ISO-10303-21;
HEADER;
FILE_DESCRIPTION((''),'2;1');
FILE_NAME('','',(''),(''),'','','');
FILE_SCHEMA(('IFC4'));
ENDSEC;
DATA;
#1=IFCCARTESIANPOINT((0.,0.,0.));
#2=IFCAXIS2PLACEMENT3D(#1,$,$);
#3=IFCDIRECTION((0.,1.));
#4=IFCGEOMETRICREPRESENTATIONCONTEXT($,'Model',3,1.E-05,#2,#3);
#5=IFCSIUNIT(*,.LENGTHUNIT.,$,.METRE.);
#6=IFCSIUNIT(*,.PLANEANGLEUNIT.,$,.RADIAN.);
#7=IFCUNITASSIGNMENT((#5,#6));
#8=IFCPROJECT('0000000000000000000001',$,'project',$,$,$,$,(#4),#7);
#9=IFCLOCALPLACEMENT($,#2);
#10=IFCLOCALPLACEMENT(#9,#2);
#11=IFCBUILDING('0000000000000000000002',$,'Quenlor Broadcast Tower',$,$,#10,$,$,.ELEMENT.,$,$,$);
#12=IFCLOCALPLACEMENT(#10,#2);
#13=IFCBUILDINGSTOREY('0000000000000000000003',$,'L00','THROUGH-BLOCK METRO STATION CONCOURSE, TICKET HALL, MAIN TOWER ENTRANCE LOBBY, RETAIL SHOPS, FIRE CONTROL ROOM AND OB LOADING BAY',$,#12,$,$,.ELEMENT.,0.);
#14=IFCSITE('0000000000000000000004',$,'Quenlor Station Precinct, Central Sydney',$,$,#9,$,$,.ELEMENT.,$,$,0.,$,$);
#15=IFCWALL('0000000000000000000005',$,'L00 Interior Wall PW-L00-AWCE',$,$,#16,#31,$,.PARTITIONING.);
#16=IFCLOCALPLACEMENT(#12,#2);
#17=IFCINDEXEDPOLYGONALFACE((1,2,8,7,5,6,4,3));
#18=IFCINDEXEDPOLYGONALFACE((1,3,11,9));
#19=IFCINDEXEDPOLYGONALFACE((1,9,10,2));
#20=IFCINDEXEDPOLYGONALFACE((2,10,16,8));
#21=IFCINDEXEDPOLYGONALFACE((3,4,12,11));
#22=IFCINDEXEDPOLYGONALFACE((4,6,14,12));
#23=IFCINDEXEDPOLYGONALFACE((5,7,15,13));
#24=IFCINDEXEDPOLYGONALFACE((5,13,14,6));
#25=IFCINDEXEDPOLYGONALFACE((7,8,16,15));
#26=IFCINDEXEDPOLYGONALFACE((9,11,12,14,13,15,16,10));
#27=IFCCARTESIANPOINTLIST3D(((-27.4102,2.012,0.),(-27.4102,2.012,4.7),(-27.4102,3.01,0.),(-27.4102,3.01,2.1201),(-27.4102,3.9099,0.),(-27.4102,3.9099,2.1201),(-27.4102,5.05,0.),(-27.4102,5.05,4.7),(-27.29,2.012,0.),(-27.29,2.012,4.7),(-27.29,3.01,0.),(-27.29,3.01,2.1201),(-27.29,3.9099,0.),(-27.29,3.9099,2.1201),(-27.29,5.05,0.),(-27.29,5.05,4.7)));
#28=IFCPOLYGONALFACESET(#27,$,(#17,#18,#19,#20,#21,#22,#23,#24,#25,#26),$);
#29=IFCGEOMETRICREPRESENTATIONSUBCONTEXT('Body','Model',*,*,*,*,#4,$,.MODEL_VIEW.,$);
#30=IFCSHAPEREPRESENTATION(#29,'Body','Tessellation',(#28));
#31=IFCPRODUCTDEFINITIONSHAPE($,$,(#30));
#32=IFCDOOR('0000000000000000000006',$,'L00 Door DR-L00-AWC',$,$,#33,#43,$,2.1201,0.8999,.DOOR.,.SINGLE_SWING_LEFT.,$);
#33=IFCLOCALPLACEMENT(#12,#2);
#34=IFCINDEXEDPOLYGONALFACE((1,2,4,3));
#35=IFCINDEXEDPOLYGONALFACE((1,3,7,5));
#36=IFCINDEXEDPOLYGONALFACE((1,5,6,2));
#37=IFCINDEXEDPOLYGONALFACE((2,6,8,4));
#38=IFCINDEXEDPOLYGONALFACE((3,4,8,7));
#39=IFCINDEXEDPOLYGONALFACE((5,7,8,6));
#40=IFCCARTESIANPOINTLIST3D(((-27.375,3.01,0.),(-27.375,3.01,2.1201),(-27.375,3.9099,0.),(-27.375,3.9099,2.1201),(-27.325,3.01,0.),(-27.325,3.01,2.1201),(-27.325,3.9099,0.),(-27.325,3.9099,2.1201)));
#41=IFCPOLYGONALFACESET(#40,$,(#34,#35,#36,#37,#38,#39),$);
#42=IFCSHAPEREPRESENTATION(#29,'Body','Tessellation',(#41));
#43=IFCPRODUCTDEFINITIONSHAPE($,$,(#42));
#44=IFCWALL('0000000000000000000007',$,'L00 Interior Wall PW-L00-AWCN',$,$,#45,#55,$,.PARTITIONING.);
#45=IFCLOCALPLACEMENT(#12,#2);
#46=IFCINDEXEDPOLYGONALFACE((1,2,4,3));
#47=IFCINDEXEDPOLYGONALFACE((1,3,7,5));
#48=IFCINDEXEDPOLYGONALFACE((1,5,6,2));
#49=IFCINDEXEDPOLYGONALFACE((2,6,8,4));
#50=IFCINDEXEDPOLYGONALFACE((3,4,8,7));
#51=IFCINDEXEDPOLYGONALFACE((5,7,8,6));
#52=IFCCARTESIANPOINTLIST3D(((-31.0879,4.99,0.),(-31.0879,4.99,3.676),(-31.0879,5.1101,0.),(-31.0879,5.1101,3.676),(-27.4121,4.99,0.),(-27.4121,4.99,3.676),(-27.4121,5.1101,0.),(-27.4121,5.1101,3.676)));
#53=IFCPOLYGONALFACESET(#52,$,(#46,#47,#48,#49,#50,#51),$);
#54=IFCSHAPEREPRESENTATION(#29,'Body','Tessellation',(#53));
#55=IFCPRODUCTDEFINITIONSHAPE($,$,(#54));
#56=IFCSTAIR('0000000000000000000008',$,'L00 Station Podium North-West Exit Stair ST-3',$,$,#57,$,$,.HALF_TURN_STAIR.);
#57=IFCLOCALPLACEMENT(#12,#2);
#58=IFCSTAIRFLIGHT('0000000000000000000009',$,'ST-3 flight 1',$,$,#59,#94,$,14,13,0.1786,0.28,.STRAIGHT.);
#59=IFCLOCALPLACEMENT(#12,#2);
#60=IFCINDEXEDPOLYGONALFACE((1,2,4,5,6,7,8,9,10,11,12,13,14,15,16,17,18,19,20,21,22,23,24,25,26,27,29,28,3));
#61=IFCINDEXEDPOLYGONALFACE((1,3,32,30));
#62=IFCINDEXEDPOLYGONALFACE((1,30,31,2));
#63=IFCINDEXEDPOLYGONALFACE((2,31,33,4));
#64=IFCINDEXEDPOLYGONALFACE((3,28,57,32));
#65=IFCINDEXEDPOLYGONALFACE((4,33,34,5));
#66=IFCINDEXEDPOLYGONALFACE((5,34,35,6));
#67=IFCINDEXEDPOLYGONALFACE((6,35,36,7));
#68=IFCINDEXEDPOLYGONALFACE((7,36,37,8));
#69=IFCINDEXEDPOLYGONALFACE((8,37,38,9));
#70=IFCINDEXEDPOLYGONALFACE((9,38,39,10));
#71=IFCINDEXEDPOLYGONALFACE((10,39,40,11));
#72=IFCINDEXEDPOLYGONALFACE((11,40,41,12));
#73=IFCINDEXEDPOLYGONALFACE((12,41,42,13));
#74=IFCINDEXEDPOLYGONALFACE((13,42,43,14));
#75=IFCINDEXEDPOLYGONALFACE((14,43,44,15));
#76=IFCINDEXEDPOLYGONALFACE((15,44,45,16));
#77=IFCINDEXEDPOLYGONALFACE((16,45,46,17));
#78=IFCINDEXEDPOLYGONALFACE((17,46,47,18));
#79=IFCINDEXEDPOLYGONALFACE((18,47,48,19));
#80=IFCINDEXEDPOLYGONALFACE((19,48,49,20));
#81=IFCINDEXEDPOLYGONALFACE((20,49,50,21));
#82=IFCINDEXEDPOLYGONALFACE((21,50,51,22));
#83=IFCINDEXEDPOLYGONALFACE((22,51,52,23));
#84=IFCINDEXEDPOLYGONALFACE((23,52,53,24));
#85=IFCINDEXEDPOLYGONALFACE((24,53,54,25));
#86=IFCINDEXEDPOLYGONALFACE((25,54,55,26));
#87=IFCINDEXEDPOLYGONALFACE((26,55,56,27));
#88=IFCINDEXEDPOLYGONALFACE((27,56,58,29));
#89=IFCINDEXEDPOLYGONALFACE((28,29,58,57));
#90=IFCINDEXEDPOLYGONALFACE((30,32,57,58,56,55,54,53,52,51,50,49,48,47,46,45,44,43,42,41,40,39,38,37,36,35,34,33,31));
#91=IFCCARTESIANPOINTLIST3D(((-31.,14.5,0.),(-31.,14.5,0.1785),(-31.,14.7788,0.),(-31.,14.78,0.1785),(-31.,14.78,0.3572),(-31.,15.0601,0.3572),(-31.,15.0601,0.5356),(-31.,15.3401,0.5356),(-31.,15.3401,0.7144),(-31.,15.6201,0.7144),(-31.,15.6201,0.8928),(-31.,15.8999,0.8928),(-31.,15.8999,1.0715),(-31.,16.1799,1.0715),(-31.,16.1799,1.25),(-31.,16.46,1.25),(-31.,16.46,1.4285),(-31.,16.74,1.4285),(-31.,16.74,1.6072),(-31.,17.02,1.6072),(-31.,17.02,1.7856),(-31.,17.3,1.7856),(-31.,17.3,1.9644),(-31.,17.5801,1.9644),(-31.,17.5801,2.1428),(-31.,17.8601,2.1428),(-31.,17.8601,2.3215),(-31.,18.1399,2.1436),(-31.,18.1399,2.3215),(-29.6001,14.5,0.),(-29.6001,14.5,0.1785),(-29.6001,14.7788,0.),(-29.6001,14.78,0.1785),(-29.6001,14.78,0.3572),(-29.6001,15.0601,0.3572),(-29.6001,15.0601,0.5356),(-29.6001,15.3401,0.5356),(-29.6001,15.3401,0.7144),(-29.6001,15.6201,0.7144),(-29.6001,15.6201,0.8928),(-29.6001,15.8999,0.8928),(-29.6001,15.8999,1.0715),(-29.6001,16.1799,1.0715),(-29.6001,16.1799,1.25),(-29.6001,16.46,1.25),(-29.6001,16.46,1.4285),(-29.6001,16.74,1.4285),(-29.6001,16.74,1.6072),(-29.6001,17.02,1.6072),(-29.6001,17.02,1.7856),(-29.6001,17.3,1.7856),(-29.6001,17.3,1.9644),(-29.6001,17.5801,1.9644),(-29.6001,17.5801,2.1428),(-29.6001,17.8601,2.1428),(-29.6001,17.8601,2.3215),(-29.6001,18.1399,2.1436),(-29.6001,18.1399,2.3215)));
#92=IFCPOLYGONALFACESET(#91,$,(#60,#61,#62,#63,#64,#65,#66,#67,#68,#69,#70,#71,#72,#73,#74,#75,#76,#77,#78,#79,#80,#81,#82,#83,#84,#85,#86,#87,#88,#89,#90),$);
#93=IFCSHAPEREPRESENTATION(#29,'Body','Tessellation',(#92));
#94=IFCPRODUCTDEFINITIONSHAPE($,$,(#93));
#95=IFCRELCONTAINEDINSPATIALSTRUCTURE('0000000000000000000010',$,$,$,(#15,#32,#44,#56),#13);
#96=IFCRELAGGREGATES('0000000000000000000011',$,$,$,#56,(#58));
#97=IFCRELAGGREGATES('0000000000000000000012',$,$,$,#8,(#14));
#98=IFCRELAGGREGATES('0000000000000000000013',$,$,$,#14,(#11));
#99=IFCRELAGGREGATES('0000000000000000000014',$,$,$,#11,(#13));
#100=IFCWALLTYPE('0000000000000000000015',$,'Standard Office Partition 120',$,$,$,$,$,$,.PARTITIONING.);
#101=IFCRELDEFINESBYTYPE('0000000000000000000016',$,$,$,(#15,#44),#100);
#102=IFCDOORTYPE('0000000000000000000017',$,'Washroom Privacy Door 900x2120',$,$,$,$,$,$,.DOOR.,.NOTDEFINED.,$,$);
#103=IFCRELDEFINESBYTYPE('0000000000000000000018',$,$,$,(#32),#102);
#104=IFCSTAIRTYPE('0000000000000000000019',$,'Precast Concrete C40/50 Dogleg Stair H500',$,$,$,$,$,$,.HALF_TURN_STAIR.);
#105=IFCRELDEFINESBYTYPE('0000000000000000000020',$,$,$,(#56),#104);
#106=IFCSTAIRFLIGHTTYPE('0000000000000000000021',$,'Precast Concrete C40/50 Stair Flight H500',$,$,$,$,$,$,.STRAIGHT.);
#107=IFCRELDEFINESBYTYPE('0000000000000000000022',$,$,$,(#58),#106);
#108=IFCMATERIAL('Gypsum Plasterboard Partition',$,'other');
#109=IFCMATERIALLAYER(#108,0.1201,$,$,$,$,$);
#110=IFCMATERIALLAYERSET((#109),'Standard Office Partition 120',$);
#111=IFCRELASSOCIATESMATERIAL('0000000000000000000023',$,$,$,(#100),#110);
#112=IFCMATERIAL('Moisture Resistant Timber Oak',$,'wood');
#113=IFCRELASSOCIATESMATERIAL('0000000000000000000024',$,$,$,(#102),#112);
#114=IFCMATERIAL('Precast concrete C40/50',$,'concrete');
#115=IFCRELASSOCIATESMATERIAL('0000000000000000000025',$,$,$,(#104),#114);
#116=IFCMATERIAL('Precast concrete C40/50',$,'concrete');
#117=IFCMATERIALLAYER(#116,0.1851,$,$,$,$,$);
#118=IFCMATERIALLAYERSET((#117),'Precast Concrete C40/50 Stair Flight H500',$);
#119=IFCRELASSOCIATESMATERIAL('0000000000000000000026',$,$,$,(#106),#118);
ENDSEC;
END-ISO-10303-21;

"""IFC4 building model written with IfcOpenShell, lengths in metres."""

from ifc_helpers import new_model, si_unit, direction, frame, frame_2d, origin, place, context, subcontext, project, spatial, polyline, rectangle, outline, extrude, material, layer, layer_set, type_object, element, fill, aggregate, save


model = new_model("IFC4")

# Units and contexts
model_context = context("Model", 3, precision=1e-05, world=origin(), true_north=direction((0.0, 1.0)))
body_context = subcontext(model_context, "Body", "Model", "MODEL_VIEW")
ifc_project = project(units=[si_unit("LENGTHUNIT", "METRE"), si_unit("PLANEANGLEUNIT", "RADIAN")], contexts=[model_context])

# Site, building, storey
site_placement = place(None, origin())
site = spatial("IfcSite", under=ifc_project, at=site_placement, Name="Quenlor Station Precinct, Central Sydney", CompositionType="ELEMENT", RefElevation=0.0)
building_placement = place(site_placement, origin())
building = spatial("IfcBuilding", under=site, at=building_placement, Name="Quenlor Broadcast Tower", CompositionType="ELEMENT")
storey_placement = place(building_placement, origin())
storey = spatial("IfcBuildingStorey", under=building, at=storey_placement, Name="L00", Description="THROUGH-BLOCK METRO STATION CONCOURSE, TICKET HALL, MAIN TOWER ENTRANCE LOBBY, RETAIL SHOPS, FIRE CONTROL ROOM AND OB LOADING BAY", CompositionType="ELEMENT", Elevation=0.0)

# Shared definitions
ifc_material_1 = material(Name="Gypsum Plasterboard Partition", Category="other")
ifc_layer_1 = layer(ifc_material_1, 0.1201)
ifc_layer_set_1 = layer_set([ifc_layer_1], Name="Standard Office Partition 120")
wall_type_1 = type_object("IfcWallType", Name="Standard Office Partition 120", PredefinedType="PARTITIONING", material=ifc_layer_set_1)
ifc_material_2 = material(Name="Moisture Resistant Timber Oak", Category="wood")
door_type_1 = type_object("IfcDoorType", Name="Washroom Privacy Door 900x2120", OperationType="NOTDEFINED", PredefinedType="DOOR", material=ifc_material_2)

# Wall, opening, door
wall_1_placement = place(storey_placement, frame((-27.3501, 2.012, 0.0), z_axis=(0.0, 0.0, 1.0), x_axis=(0.0, 1.0, 0.0)))
wall_1 = element("IfcWall", 1, at=wall_1_placement, inside=storey, type_object=wall_type_1, Name="L00 Interior Wall PW-L00-AWCE", PredefinedType="PARTITIONING", context=body_context, shape_type="SweptSolid", body=[
    extrude(rectangle(XDim=3.0381, YDim=0.1201, at=frame_2d((1.519, 0.0))), origin(), (0.0, 0.0, 1.0), 4.7),
])
opening_1_placement = place(wall_1_placement, frame((0.998, 0.0, 0.0)))
opening_1 = element("IfcOpeningElement", 2, at=opening_1_placement, cuts=wall_1, PredefinedType="OPENING", context=body_context, shape_type="SweptSolid", body=[
    extrude(rectangle(XDim=0.8999, YDim=2.1201, at=frame_2d((0.45, 1.0601))), frame((0.0, 0.0701, 0.0), z_axis=(0.0, -1.0, 0.0), x_axis=(1.0, 0.0, 0.0)), (0.0, 0.0, 1.0), 0.1401),
])
door_1_placement = place(opening_1_placement, origin())
door_1 = element("IfcDoor", 3, at=door_1_placement, inside=storey, type_object=door_type_1, Name="L00 Door DR-L00-AWC", OperationType="SINGLE_SWING_LEFT", OverallHeight=2.1201, OverallWidth=0.8999, PredefinedType="DOOR", context=body_context, shape_type="SweptSolid", body=[
    extrude(rectangle(XDim=0.8999, YDim=2.1201, at=frame_2d((0.45, 1.0601))), frame((0.0, 0.0249, 0.0), z_axis=(0.0, -1.0, 0.0), x_axis=(1.0, 0.0, 0.0)), (0.0, 0.0, 1.0), 0.05),
])
fill(opening_1, door_1)

# Wall
wall_2_placement = place(storey_placement, frame((-31.0879, 5.05, 0.0), z_axis=(0.0, 0.0, 1.0), x_axis=(1.0, 0.0, 0.0)))
element("IfcWall", 4, at=wall_2_placement, inside=storey, type_object=wall_type_1, Name="L00 Interior Wall PW-L00-AWCN", PredefinedType="PARTITIONING", context=body_context, shape_type="SweptSolid", body=[
    extrude(rectangle(XDim=3.6758, YDim=0.1201, at=frame_2d((1.8379, 0.0))), origin(), (0.0, 0.0, 1.0), 3.676),
])

# Stair, stair flight
ifc_material_3 = material(Name="Precast concrete C40/50", Category="concrete")
stair_type = type_object("IfcStairType", Name="Precast Concrete C40/50 Dogleg Stair H500", PredefinedType="HALF_TURN_STAIR", material=ifc_material_3)
stair_placement = place(storey_placement, origin())
stair = element("IfcStair", 5, at=stair_placement, inside=storey, type_object=stair_type, Name="L00 Station Podium North-West Exit Stair ST-3", PredefinedType="HALF_TURN_STAIR")
ifc_material_4 = material(Name="Precast concrete C40/50", Category="concrete")
ifc_layer_2 = layer(ifc_material_4, 0.1851)
ifc_layer_set_2 = layer_set([ifc_layer_2], Name="Precast Concrete C40/50 Stair Flight H500")
stair_flight_type = type_object("IfcStairFlightType", Name="Precast Concrete C40/50 Stair Flight H500", PredefinedType="STRAIGHT", material=ifc_layer_set_2)
stair_flight_placement = place(storey_placement, frame((-30.3, 14.5, 0.0), z_axis=(0.0, 0.0, 1.0), x_axis=(0.0, 1.0, 0.0)))
stair_flight = element("IfcStairFlight", 6, at=stair_flight_placement, type_object=stair_flight_type, Name="ST-3 flight 1", NumberOfRisers=14, NumberOfTreads=13, PredefinedType="STRAIGHT", RiserHeight=0.1786, TreadLength=0.28, context=body_context, shape_type="SweptSolid", body=[
    extrude(outline(polyline([(0.0, 0.0), (0.0, 0.1785), (0.28, 0.1785), (0.28, 0.3572), (0.5601, 0.3572), (0.5601, 0.5356), (0.8401, 0.5356), (0.8401, 0.7144), (1.1201, 0.7144), (1.1201, 0.8928), (1.3999, 0.8928), (1.3999, 1.0715), (1.6799, 1.0715), (1.6799, 1.25), (1.96, 1.25), (1.96, 1.4285), (2.24, 1.4285), (2.24, 1.6072), (2.52, 1.6072), (2.52, 1.7856), (2.8, 1.7856), (2.8, 1.9644), (3.0801, 1.9644), (3.0801, 2.1428), (3.3601, 2.1428), (3.3601, 2.3215), (3.6399, 2.3215), (3.6399, 2.5), (3.6399, 2.1436), (0.2788, 0.0), (0.0, 0.0)])), frame((0.0, 0.7, 0.0), z_axis=(0.0, -1.0, 0.0), x_axis=(1.0, 0.0, 0.0)), (0.0, 0.0, 1.0), 1.3999),
])
aggregate(stair, [stair_flight])

save(model, "model.ifc")
